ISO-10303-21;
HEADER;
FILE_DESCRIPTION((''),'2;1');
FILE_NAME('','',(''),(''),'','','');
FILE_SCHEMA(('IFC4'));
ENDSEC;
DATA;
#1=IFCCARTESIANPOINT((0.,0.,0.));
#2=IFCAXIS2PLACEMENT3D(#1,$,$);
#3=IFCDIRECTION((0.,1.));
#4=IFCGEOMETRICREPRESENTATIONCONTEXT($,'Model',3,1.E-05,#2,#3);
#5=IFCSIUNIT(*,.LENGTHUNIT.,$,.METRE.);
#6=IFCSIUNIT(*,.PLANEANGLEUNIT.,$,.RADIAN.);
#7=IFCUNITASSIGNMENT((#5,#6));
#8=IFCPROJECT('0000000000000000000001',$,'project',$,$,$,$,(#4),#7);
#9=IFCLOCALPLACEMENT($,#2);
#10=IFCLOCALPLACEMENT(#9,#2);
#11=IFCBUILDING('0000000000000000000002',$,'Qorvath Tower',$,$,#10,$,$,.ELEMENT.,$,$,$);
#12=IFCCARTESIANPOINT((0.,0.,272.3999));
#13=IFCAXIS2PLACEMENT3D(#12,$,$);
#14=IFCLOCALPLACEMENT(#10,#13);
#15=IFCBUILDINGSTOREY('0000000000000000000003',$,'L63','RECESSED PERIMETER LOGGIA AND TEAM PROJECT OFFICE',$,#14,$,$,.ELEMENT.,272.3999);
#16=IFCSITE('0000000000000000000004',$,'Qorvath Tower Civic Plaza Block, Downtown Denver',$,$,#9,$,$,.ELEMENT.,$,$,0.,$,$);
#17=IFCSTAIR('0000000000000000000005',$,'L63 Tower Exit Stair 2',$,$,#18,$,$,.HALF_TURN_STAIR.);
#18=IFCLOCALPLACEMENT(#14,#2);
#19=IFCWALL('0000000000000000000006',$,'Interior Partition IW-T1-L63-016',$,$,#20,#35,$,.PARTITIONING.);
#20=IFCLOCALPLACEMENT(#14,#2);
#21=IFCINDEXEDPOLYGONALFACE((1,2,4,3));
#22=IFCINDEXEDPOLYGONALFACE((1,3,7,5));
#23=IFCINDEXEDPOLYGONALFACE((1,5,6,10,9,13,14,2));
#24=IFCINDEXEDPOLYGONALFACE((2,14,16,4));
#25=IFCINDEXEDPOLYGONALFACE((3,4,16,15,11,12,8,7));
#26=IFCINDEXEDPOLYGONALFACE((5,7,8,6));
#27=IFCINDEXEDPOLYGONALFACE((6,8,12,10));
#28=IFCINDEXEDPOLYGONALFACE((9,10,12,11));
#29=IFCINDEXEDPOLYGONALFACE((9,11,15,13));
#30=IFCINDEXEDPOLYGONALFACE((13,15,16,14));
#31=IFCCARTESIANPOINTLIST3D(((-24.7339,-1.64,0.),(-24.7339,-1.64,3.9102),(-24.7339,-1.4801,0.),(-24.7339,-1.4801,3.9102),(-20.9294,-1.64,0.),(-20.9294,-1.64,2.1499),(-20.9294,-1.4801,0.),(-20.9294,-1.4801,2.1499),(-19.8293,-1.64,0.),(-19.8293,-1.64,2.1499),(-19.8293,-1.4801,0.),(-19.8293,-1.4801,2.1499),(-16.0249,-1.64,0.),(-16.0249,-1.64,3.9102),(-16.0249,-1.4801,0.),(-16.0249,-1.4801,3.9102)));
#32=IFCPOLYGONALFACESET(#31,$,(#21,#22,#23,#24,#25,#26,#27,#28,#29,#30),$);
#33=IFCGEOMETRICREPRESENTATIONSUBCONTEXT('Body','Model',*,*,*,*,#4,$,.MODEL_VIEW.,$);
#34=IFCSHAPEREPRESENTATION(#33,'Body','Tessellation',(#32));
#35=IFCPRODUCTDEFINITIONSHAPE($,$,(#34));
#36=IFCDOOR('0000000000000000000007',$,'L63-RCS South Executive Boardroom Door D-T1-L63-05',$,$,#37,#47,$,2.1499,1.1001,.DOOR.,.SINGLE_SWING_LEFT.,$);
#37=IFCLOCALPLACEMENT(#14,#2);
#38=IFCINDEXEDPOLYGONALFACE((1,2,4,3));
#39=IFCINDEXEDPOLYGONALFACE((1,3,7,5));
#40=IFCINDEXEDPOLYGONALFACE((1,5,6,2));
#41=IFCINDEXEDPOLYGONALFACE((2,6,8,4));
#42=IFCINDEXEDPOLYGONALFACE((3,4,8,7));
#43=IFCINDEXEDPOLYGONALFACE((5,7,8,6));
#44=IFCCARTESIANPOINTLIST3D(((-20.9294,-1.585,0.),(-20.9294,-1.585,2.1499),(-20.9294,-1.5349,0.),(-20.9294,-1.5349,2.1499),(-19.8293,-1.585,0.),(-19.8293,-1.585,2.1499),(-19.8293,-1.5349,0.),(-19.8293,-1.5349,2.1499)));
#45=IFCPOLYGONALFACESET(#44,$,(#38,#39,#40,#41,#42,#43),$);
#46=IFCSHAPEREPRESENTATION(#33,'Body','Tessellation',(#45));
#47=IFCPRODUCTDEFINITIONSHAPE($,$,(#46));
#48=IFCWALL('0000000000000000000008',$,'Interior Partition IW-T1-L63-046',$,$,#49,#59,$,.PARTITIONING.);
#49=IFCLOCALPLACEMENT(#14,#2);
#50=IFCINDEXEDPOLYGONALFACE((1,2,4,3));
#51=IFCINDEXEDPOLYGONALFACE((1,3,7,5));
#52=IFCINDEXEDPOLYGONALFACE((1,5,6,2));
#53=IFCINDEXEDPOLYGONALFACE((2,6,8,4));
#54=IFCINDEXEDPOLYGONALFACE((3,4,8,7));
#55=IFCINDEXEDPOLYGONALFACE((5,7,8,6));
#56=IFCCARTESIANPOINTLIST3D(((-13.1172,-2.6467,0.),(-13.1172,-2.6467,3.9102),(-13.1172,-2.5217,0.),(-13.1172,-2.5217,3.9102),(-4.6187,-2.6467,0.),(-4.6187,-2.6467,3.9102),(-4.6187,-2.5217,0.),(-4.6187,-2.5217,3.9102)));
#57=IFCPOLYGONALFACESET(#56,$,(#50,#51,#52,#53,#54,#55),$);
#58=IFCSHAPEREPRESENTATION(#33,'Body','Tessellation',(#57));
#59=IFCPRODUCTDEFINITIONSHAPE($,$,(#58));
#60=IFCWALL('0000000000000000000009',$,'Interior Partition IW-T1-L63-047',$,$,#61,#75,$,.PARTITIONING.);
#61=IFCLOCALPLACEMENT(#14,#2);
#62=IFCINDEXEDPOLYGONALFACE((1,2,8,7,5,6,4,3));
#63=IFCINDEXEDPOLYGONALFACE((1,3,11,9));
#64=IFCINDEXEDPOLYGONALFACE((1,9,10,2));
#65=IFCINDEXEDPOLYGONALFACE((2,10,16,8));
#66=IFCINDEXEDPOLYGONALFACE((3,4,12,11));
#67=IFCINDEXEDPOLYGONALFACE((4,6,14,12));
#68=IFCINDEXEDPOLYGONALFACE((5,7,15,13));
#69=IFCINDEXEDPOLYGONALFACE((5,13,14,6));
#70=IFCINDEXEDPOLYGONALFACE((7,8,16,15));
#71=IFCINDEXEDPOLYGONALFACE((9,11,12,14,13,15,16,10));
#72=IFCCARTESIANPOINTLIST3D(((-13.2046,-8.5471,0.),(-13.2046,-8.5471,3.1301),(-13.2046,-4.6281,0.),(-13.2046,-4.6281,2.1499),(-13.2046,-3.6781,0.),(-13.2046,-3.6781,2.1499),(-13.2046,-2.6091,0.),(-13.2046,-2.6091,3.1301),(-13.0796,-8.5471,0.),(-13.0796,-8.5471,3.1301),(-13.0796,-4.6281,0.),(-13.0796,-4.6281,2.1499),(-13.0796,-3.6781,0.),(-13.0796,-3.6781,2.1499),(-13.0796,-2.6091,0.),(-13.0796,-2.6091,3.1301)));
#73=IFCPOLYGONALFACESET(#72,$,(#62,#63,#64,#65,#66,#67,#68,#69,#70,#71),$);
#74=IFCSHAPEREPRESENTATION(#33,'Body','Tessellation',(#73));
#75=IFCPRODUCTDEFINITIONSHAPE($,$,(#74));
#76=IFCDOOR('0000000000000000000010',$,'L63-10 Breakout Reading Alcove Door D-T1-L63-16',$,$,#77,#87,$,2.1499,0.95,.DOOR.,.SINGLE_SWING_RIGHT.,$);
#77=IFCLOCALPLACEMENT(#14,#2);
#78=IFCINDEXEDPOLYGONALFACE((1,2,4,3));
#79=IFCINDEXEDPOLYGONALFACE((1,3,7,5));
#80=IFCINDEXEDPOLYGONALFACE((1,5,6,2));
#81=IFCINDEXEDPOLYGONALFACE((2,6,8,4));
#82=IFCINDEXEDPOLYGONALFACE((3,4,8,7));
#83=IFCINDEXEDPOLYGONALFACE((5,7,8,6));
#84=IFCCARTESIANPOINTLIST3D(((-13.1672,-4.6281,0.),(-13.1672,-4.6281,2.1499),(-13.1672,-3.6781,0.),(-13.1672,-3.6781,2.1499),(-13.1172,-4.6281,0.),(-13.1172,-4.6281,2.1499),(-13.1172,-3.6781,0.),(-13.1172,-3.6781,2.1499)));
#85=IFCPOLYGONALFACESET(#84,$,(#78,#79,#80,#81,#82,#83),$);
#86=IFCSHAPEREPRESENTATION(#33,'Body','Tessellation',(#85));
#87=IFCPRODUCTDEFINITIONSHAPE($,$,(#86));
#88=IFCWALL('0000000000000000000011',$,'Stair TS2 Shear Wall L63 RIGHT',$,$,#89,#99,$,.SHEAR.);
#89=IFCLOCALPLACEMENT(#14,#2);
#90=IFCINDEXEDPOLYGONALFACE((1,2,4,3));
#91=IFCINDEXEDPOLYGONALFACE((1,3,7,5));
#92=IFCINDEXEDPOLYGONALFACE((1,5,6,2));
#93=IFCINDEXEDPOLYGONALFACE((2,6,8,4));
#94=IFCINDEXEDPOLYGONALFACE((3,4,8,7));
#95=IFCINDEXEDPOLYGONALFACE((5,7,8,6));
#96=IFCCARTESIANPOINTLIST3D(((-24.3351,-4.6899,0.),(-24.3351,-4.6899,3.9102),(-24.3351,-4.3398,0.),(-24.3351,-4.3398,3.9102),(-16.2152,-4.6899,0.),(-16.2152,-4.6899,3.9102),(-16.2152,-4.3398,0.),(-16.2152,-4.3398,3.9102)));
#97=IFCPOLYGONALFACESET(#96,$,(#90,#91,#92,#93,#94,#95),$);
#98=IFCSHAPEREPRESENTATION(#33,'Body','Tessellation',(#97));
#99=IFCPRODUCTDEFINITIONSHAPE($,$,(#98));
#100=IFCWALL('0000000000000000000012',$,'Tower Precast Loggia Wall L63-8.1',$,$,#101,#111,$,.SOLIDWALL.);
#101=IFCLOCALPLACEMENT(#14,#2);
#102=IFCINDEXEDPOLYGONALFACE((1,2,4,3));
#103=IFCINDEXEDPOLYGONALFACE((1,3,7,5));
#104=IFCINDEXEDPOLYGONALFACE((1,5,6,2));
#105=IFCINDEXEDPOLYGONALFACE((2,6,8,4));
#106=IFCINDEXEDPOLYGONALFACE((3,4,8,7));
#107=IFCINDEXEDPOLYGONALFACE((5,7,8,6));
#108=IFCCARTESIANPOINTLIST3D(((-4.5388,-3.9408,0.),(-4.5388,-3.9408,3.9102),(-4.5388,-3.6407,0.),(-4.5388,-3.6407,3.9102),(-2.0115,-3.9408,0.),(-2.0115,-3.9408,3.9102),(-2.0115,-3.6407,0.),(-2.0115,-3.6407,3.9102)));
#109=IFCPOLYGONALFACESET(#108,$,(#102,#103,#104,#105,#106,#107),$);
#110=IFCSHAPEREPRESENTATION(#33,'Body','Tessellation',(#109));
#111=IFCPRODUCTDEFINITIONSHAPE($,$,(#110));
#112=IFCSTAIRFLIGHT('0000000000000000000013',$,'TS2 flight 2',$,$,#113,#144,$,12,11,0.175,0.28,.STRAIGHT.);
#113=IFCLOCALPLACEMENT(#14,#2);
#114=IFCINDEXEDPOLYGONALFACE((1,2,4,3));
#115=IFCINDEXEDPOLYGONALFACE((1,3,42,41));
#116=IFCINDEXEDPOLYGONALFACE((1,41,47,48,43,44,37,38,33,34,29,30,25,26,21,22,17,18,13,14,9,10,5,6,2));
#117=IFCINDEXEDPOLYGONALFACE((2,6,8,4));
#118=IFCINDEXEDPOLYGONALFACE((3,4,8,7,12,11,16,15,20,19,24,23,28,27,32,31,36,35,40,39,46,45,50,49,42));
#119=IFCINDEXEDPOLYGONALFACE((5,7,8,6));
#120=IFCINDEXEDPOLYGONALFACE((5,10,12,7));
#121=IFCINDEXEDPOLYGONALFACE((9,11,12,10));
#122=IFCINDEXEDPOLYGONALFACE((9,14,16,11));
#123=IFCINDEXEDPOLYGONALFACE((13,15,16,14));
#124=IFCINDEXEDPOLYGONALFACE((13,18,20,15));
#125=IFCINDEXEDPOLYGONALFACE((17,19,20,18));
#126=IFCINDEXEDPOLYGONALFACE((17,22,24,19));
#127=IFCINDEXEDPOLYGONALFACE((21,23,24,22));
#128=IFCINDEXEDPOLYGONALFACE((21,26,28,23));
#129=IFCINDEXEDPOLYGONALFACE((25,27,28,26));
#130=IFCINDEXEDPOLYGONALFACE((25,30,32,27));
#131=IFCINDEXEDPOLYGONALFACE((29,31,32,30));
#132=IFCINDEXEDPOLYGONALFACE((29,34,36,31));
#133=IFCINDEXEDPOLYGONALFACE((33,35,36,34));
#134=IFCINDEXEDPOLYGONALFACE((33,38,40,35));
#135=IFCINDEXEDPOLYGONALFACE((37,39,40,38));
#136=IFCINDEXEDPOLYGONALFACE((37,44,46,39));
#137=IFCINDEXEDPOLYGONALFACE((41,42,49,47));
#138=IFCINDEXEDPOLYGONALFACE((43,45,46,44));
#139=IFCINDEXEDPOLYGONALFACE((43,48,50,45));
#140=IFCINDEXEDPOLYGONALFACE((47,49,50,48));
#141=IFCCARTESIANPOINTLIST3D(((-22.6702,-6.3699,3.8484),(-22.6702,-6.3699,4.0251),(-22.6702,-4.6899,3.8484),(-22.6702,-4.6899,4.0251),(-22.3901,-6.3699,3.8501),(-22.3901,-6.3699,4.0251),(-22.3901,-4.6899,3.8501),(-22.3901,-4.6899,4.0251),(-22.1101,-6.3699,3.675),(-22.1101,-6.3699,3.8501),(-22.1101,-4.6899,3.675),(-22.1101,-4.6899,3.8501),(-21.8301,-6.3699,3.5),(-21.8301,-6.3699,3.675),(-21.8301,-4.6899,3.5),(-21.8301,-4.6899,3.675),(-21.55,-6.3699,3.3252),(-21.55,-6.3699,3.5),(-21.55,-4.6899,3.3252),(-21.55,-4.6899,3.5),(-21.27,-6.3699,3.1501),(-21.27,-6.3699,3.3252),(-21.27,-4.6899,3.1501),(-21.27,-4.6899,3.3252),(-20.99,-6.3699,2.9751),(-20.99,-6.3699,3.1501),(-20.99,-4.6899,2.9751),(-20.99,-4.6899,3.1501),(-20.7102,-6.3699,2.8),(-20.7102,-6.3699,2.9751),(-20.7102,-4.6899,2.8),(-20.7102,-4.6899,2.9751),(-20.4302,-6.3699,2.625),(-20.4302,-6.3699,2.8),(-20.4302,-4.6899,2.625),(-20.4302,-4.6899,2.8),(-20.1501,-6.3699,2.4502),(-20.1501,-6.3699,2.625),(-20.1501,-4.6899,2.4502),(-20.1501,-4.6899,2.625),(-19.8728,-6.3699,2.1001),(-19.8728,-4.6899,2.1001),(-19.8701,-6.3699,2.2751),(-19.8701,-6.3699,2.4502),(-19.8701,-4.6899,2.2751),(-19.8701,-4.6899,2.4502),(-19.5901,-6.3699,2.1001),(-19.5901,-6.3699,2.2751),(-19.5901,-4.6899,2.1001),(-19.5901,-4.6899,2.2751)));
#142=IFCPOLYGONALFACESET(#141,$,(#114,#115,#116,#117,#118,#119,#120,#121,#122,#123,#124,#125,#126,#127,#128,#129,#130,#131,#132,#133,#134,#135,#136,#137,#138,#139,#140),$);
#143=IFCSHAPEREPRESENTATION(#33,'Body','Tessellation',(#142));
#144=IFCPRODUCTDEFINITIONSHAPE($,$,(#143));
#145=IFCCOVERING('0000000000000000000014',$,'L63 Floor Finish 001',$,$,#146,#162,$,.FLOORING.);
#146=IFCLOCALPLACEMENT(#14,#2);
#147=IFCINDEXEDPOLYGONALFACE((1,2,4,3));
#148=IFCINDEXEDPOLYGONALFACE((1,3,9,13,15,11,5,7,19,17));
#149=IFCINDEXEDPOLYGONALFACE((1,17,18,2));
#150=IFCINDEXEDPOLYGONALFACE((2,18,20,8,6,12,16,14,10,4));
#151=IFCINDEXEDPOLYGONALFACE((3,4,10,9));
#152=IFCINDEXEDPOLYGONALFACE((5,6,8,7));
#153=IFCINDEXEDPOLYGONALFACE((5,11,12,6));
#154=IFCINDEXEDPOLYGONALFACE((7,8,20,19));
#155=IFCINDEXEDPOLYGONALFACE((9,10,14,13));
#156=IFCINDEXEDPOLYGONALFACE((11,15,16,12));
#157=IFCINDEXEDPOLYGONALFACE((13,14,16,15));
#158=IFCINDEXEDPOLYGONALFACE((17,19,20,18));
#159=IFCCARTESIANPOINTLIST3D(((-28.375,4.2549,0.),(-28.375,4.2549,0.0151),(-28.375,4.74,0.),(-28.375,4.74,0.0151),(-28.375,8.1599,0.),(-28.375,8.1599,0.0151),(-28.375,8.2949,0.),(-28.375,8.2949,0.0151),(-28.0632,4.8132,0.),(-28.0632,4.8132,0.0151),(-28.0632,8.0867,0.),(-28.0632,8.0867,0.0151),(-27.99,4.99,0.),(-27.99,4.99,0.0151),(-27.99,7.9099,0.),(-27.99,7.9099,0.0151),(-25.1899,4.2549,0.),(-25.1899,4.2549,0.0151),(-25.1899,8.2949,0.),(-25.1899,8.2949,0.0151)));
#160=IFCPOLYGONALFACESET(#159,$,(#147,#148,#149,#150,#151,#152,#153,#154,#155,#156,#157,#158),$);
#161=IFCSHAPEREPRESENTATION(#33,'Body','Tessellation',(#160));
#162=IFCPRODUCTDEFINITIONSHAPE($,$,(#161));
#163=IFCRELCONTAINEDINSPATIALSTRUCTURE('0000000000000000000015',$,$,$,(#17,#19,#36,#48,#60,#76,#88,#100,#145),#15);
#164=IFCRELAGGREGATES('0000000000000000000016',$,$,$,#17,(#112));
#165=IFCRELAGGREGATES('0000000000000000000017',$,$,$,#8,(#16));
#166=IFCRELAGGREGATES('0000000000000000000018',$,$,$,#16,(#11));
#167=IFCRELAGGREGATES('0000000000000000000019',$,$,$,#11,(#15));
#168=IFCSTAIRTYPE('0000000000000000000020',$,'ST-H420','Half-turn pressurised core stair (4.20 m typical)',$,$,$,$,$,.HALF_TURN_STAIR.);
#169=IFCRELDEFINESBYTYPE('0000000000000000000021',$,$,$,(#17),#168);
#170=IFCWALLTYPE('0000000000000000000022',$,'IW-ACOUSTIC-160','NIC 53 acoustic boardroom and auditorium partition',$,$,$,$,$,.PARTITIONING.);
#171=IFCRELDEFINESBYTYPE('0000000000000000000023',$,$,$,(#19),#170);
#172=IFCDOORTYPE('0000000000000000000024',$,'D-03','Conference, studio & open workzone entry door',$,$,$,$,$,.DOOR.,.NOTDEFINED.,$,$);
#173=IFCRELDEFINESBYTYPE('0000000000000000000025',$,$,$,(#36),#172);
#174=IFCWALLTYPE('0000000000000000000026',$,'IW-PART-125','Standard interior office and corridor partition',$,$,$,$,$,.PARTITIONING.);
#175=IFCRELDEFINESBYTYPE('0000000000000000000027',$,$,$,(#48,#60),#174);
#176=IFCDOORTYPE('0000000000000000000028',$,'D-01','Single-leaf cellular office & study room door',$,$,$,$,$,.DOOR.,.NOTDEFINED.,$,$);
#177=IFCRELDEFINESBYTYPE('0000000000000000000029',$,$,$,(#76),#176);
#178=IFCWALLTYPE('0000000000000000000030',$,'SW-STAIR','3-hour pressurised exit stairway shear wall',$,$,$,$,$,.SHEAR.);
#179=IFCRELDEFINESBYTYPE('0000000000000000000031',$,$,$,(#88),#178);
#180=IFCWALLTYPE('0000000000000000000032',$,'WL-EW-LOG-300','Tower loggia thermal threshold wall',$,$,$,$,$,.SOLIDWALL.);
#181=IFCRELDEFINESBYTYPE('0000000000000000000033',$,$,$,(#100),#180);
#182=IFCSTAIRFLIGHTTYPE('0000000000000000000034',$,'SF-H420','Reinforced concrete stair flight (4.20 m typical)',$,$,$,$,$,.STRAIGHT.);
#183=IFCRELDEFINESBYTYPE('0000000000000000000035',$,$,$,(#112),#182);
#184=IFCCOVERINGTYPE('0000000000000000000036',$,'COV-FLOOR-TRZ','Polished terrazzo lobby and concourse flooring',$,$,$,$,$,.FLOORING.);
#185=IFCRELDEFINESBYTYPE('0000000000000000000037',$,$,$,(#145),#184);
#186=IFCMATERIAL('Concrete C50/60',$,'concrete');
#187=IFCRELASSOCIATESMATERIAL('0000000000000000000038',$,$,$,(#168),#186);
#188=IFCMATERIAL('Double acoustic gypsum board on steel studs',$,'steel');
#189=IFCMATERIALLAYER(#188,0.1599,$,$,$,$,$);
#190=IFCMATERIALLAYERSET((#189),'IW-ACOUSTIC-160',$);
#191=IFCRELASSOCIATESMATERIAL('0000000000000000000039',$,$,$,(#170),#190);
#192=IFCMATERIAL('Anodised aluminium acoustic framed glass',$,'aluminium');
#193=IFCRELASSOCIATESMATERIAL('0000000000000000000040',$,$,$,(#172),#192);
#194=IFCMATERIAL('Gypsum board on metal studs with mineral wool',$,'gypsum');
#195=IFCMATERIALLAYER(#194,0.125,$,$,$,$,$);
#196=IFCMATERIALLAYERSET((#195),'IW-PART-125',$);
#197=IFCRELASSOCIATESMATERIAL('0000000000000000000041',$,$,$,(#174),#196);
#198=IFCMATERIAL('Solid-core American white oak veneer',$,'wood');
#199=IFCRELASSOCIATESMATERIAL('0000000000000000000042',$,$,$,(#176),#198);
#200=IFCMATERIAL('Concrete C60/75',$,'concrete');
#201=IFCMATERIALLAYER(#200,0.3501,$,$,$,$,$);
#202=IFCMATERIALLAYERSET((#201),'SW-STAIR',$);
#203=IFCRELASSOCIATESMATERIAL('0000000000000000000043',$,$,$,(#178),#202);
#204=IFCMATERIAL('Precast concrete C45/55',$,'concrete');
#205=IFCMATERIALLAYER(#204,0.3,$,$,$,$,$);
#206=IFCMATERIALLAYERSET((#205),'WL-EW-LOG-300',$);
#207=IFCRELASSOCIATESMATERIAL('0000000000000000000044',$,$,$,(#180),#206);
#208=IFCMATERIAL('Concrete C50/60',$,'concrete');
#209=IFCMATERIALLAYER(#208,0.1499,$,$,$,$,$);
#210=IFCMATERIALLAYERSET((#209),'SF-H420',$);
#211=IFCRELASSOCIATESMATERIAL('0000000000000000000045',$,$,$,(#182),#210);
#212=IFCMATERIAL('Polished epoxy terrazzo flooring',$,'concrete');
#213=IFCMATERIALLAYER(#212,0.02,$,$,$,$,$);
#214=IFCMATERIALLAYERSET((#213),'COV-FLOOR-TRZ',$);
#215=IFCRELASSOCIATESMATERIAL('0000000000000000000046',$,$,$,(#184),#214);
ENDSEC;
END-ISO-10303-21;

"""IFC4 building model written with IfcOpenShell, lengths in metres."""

from ifc_helpers import new_model, si_unit, direction, frame, frame_2d, origin, place, context, subcontext, project, spatial, polyline, rectangle, outline, extrude, material, layer, layer_set, type_object, element, fill, aggregate, save


model = new_model("IFC4")

# Units and contexts
model_context = context("Model", 3, precision=1e-05, world=origin(), true_north=direction((0.0, 1.0)))
body_context = subcontext(model_context, "Body", "Model", "MODEL_VIEW")
ifc_project = project(units=[si_unit("LENGTHUNIT", "METRE"), si_unit("PLANEANGLEUNIT", "RADIAN")], contexts=[model_context])

# Site, building, storey
site_placement = place(None, origin())
site = spatial("IfcSite", under=ifc_project, at=site_placement, Name="Qorvath Tower Civic Plaza Block, Downtown Denver", CompositionType="ELEMENT", RefElevation=0.0)
building_placement = place(site_placement, origin())
building = spatial("IfcBuilding", under=site, at=building_placement, Name="Qorvath Tower", CompositionType="ELEMENT")
storey_placement = place(building_placement, frame((0.0, 0.0, 272.3999)))
storey = spatial("IfcBuildingStorey", under=building, at=storey_placement, Name="L63", Description="RECESSED PERIMETER LOGGIA AND TEAM PROJECT OFFICE", CompositionType="ELEMENT", Elevation=272.3999)

# Stair
ifc_material_1 = material(Name="Concrete C50/60", Category="concrete")
stair_type = type_object("IfcStairType", Name="ST-H420", Description="Half-turn pressurised core stair (4.20 m typical)", PredefinedType="HALF_TURN_STAIR", material=ifc_material_1)
stair_1_placement = place(storey_placement, origin())
stair_1 = element("IfcStair", 1, at=stair_1_placement, inside=storey, type_object=stair_type, Name="L63 Tower Exit Stair 2", PredefinedType="HALF_TURN_STAIR")

# Shared definitions
ifc_material_2 = material(Name="Double acoustic gypsum board on steel studs", Category="steel")
ifc_layer_1 = layer(ifc_material_2, 0.1599)
ifc_layer_set_1 = layer_set([ifc_layer_1], Name="IW-ACOUSTIC-160")
wall_type_1 = type_object("IfcWallType", Name="IW-ACOUSTIC-160", Description="NIC 53 acoustic boardroom and auditorium partition", PredefinedType="PARTITIONING", material=ifc_layer_set_1)

# Wall, opening, door
wall_1_placement = place(storey_placement, frame((-16.0249, -1.5601, 0.0), z_axis=(0.0, 0.0, 1.0), x_axis=(-1.0, 0.0, 0.0)))
wall_1 = element("IfcWall", 2, at=wall_1_placement, inside=storey, type_object=wall_type_1, Name="Interior Partition IW-T1-L63-016", PredefinedType="PARTITIONING", context=body_context, shape_type="SweptSolid", body=[
    extrude(rectangle(XDim=8.709, YDim=0.1599, at=frame_2d((4.3545, 0.0))), origin(), (0.0, 0.0, 1.0), 3.9102),
])
opening_1_placement = place(wall_1_placement, frame((3.8044, 0.0, 0.0)))
opening_1 = element("IfcOpeningElement", 3, at=opening_1_placement, cuts=wall_1, PredefinedType="OPENING", context=body_context, shape_type="SweptSolid", body=[
    extrude(rectangle(XDim=1.1001, YDim=2.1499, at=frame_2d((0.55, 1.075))), frame((0.0, 0.0898, 0.0), z_axis=(0.0, -1.0, 0.0), x_axis=(1.0, 0.0, 0.0)), (0.0, 0.0, 1.0), 0.1799),
])
ifc_material_3 = material(Name="Anodised aluminium acoustic framed glass", Category="aluminium")
door_type_1 = type_object("IfcDoorType", Name="D-03", Description="Conference, studio & open workzone entry door", OperationType="NOTDEFINED", PredefinedType="DOOR", material=ifc_material_3)
door_1_placement = place(opening_1_placement, origin())
door_1 = element("IfcDoor", 4, at=door_1_placement, inside=storey, type_object=door_type_1, Name="L63-RCS South Executive Boardroom Door D-T1-L63-05", OperationType="SINGLE_SWING_LEFT", OverallHeight=2.1499, OverallWidth=1.1001, PredefinedType="DOOR", context=body_context, shape_type="SweptSolid", body=[
    extrude(rectangle(XDim=1.1001, YDim=2.1499, at=frame_2d((0.55, 1.075))), frame((0.0, 0.0249, 0.0), z_axis=(0.0, -1.0, 0.0), x_axis=(1.0, 0.0, 0.0)), (0.0, 0.0, 1.0), 0.05),
])
fill(opening_1, door_1)

# Wall
ifc_material_4 = material(Name="Gypsum board on metal studs with mineral wool", Category="gypsum")
ifc_layer_2 = layer(ifc_material_4, 0.125)
ifc_layer_set_2 = layer_set([ifc_layer_2], Name="IW-PART-125")
wall_type_2 = type_object("IfcWallType", Name="IW-PART-125", Description="Standard interior office and corridor partition", PredefinedType="PARTITIONING", material=ifc_layer_set_2)
wall_2_placement = place(storey_placement, frame((-4.6187, -2.5842, 0.0), z_axis=(0.0, 0.0, 1.0), x_axis=(-1.0, 0.0, 0.0)))
element("IfcWall", 5, at=wall_2_placement, inside=storey, type_object=wall_type_2, Name="Interior Partition IW-T1-L63-046", PredefinedType="PARTITIONING", context=body_context, shape_type="SweptSolid", body=[
    extrude(rectangle(XDim=8.4985, YDim=0.125, at=frame_2d((4.2493, 0.0))), origin(), (0.0, 0.0, 1.0), 3.9102),
])

# Wall, opening, door
wall_3_placement = place(storey_placement, frame((-13.1421, -2.6091, 0.0), z_axis=(0.0, 0.0, 1.0), x_axis=(0.0, -1.0, 0.0)))
wall_3 = element("IfcWall", 6, at=wall_3_placement, inside=storey, type_object=wall_type_2, Name="Interior Partition IW-T1-L63-047", PredefinedType="PARTITIONING", context=body_context, shape_type="SweptSolid", body=[
    extrude(rectangle(XDim=5.938, YDim=0.125, at=frame_2d((2.969, 0.0))), origin(), (0.0, 0.0, 1.0), 3.1301),
])
opening_2_placement = place(wall_3_placement, frame((1.0688, 0.0, 0.0)))
opening_2 = element("IfcOpeningElement", 7, at=opening_2_placement, cuts=wall_3, PredefinedType="OPENING", context=body_context, shape_type="SweptSolid", body=[
    extrude(rectangle(XDim=0.95, YDim=2.1499, at=frame_2d((0.4751, 1.075))), frame((0.0, 0.0725, 0.0), z_axis=(0.0, -1.0, 0.0), x_axis=(1.0, 0.0, 0.0)), (0.0, 0.0, 1.0), 0.145),
])
ifc_material_5 = material(Name="Solid-core American white oak veneer", Category="wood")
door_type_2 = type_object("IfcDoorType", Name="D-01", Description="Single-leaf cellular office & study room door", OperationType="NOTDEFINED", PredefinedType="DOOR", material=ifc_material_5)
door_2_placement = place(opening_2_placement, origin())
door_2 = element("IfcDoor", 8, at=door_2_placement, inside=storey, type_object=door_type_2, Name="L63-10 Breakout Reading Alcove Door D-T1-L63-16", OperationType="SINGLE_SWING_RIGHT", OverallHeight=2.1499, OverallWidth=0.95, PredefinedType="DOOR", context=body_context, shape_type="SweptSolid", body=[
    extrude(rectangle(XDim=0.95, YDim=2.1499, at=frame_2d((0.4751, 1.075))), frame((0.0, 0.0249, 0.0), z_axis=(0.0, -1.0, 0.0), x_axis=(1.0, 0.0, 0.0)), (0.0, 0.0, 1.0), 0.05),
])
fill(opening_2, door_2)

# Walls
ifc_material_6 = material(Name="Concrete C60/75", Category="concrete")
ifc_layer_3 = layer(ifc_material_6, 0.3501)
ifc_layer_set_3 = layer_set([ifc_layer_3], Name="SW-STAIR")
wall_type_3 = type_object("IfcWallType", Name="SW-STAIR", Description="3-hour pressurised exit stairway shear wall", PredefinedType="SHEAR", material=ifc_layer_set_3)
wall_4_placement = place(storey_placement, frame((-16.2151, -4.5149, 0.0), z_axis=(0.0, 0.0, 1.0), x_axis=(-1.0, 0.0, 0.0)))
element("IfcWall", 9, at=wall_4_placement, inside=storey, type_object=wall_type_3, Name="Stair TS2 Shear Wall L63 RIGHT", PredefinedType="SHEAR", context=body_context, shape_type="SweptSolid", body=[
    extrude(rectangle(XDim=8.1199, YDim=0.3501, at=frame_2d((4.0601, 0.0))), origin(), (0.0, 0.0, 1.0), 3.9102),
])
ifc_material_7 = material(Name="Precast concrete C45/55", Category="concrete")
ifc_layer_4 = layer(ifc_material_7, 0.3)
ifc_layer_set_4 = layer_set([ifc_layer_4], Name="WL-EW-LOG-300")
wall_type_4 = type_object("IfcWallType", Name="WL-EW-LOG-300", Description="Tower loggia thermal threshold wall", PredefinedType="SOLIDWALL", material=ifc_layer_set_4)
wall_5_placement = place(storey_placement, frame((-2.0115, -3.7908, 0.0), z_axis=(0.0, 0.0, 1.0), x_axis=(-1.0, 0.0, 0.0)))
element("IfcWall", 10, at=wall_5_placement, inside=storey, type_object=wall_type_4, Name="Tower Precast Loggia Wall L63-8.1", PredefinedType="SOLIDWALL", context=body_context, shape_type="SweptSolid", body=[
    extrude(rectangle(XDim=2.5273, YDim=0.3, at=frame_2d((1.2637, 0.0))), origin(), (0.0, 0.0, 1.0), 3.9102),
])

# Stair flight
ifc_material_8 = material(Name="Concrete C50/60", Category="concrete")
ifc_layer_5 = layer(ifc_material_8, 0.1499)
ifc_layer_set_5 = layer_set([ifc_layer_5], Name="SF-H420")
stair_flight_type = type_object("IfcStairFlightType", Name="SF-H420", Description="Reinforced concrete stair flight (4.20 m typical)", PredefinedType="STRAIGHT", material=ifc_layer_set_5)
stair_flight_placement = place(storey_placement, frame((-19.5901, -5.53, 2.1001), z_axis=(0.0, 0.0, 1.0), x_axis=(-1.0, 0.0, 0.0)))
stair_flight = element("IfcStairFlight", 11, at=stair_flight_placement, type_object=stair_flight_type, Name="TS2 flight 2", NumberOfRisers=12, NumberOfTreads=11, PredefinedType="STRAIGHT", RiserHeight=0.175, TreadLength=0.28, context=body_context, shape_type="SweptSolid", body=[
    extrude(outline(polyline([(0.0, 0.0), (0.0, 0.175), (0.28, 0.175), (0.28, 0.3501), (0.5601, 0.3501), (0.5601, 0.5249), (0.8401, 0.5249), (0.8401, 0.7), (1.1201, 0.7), (1.1201, 0.875), (1.3999, 0.875), (1.3999, 1.05), (1.6799, 1.05), (1.6799, 1.2251), (1.96, 1.2251), (1.96, 1.3999), (2.24, 1.3999), (2.24, 1.575), (2.52, 1.575), (2.52, 1.75), (2.8, 1.75), (2.8, 1.925), (3.0801, 1.925), (3.0801, 2.1001), (3.0801, 1.7483), (0.2827, 0.0), (0.0, 0.0)])), frame((0.0, 0.8398, 0.0), z_axis=(0.0, -1.0, 0.0), x_axis=(1.0, 0.0, 0.0)), (0.0, 0.0, 1.0), 1.6799),
])
aggregate(stair_1, [stair_flight])

# Covering
ifc_material_9 = material(Name="Polished epoxy terrazzo flooring", Category="concrete")
ifc_layer_6 = layer(ifc_material_9, 0.02)
ifc_layer_set_6 = layer_set([ifc_layer_6], Name="COV-FLOOR-TRZ")
covering_type = type_object("IfcCoveringType", Name="COV-FLOOR-TRZ", Description="Polished terrazzo lobby and concourse flooring", PredefinedType="FLOORING", material=ifc_layer_set_6)
covering_placement = place(storey_placement, origin())
element("IfcCovering", 12, at=covering_placement, inside=storey, type_object=covering_type, Name="L63 Floor Finish 001", PredefinedType="FLOORING", context=body_context, shape_type="SweptSolid", body=[
    extrude(outline(polyline([(-25.1899, 4.2549), (-25.1899, 8.2949), (-28.375, 8.2949), (-28.375, 8.1599), (-28.0632, 8.0867), (-27.99, 7.9099), (-27.99, 4.99), (-28.0632, 4.8132), (-28.375, 4.74), (-28.375, 4.2549), (-25.1899, 4.2549)])), origin(), (0.0, 0.0, 1.0), 0.0151),
])

save(model, "model.ifc")
